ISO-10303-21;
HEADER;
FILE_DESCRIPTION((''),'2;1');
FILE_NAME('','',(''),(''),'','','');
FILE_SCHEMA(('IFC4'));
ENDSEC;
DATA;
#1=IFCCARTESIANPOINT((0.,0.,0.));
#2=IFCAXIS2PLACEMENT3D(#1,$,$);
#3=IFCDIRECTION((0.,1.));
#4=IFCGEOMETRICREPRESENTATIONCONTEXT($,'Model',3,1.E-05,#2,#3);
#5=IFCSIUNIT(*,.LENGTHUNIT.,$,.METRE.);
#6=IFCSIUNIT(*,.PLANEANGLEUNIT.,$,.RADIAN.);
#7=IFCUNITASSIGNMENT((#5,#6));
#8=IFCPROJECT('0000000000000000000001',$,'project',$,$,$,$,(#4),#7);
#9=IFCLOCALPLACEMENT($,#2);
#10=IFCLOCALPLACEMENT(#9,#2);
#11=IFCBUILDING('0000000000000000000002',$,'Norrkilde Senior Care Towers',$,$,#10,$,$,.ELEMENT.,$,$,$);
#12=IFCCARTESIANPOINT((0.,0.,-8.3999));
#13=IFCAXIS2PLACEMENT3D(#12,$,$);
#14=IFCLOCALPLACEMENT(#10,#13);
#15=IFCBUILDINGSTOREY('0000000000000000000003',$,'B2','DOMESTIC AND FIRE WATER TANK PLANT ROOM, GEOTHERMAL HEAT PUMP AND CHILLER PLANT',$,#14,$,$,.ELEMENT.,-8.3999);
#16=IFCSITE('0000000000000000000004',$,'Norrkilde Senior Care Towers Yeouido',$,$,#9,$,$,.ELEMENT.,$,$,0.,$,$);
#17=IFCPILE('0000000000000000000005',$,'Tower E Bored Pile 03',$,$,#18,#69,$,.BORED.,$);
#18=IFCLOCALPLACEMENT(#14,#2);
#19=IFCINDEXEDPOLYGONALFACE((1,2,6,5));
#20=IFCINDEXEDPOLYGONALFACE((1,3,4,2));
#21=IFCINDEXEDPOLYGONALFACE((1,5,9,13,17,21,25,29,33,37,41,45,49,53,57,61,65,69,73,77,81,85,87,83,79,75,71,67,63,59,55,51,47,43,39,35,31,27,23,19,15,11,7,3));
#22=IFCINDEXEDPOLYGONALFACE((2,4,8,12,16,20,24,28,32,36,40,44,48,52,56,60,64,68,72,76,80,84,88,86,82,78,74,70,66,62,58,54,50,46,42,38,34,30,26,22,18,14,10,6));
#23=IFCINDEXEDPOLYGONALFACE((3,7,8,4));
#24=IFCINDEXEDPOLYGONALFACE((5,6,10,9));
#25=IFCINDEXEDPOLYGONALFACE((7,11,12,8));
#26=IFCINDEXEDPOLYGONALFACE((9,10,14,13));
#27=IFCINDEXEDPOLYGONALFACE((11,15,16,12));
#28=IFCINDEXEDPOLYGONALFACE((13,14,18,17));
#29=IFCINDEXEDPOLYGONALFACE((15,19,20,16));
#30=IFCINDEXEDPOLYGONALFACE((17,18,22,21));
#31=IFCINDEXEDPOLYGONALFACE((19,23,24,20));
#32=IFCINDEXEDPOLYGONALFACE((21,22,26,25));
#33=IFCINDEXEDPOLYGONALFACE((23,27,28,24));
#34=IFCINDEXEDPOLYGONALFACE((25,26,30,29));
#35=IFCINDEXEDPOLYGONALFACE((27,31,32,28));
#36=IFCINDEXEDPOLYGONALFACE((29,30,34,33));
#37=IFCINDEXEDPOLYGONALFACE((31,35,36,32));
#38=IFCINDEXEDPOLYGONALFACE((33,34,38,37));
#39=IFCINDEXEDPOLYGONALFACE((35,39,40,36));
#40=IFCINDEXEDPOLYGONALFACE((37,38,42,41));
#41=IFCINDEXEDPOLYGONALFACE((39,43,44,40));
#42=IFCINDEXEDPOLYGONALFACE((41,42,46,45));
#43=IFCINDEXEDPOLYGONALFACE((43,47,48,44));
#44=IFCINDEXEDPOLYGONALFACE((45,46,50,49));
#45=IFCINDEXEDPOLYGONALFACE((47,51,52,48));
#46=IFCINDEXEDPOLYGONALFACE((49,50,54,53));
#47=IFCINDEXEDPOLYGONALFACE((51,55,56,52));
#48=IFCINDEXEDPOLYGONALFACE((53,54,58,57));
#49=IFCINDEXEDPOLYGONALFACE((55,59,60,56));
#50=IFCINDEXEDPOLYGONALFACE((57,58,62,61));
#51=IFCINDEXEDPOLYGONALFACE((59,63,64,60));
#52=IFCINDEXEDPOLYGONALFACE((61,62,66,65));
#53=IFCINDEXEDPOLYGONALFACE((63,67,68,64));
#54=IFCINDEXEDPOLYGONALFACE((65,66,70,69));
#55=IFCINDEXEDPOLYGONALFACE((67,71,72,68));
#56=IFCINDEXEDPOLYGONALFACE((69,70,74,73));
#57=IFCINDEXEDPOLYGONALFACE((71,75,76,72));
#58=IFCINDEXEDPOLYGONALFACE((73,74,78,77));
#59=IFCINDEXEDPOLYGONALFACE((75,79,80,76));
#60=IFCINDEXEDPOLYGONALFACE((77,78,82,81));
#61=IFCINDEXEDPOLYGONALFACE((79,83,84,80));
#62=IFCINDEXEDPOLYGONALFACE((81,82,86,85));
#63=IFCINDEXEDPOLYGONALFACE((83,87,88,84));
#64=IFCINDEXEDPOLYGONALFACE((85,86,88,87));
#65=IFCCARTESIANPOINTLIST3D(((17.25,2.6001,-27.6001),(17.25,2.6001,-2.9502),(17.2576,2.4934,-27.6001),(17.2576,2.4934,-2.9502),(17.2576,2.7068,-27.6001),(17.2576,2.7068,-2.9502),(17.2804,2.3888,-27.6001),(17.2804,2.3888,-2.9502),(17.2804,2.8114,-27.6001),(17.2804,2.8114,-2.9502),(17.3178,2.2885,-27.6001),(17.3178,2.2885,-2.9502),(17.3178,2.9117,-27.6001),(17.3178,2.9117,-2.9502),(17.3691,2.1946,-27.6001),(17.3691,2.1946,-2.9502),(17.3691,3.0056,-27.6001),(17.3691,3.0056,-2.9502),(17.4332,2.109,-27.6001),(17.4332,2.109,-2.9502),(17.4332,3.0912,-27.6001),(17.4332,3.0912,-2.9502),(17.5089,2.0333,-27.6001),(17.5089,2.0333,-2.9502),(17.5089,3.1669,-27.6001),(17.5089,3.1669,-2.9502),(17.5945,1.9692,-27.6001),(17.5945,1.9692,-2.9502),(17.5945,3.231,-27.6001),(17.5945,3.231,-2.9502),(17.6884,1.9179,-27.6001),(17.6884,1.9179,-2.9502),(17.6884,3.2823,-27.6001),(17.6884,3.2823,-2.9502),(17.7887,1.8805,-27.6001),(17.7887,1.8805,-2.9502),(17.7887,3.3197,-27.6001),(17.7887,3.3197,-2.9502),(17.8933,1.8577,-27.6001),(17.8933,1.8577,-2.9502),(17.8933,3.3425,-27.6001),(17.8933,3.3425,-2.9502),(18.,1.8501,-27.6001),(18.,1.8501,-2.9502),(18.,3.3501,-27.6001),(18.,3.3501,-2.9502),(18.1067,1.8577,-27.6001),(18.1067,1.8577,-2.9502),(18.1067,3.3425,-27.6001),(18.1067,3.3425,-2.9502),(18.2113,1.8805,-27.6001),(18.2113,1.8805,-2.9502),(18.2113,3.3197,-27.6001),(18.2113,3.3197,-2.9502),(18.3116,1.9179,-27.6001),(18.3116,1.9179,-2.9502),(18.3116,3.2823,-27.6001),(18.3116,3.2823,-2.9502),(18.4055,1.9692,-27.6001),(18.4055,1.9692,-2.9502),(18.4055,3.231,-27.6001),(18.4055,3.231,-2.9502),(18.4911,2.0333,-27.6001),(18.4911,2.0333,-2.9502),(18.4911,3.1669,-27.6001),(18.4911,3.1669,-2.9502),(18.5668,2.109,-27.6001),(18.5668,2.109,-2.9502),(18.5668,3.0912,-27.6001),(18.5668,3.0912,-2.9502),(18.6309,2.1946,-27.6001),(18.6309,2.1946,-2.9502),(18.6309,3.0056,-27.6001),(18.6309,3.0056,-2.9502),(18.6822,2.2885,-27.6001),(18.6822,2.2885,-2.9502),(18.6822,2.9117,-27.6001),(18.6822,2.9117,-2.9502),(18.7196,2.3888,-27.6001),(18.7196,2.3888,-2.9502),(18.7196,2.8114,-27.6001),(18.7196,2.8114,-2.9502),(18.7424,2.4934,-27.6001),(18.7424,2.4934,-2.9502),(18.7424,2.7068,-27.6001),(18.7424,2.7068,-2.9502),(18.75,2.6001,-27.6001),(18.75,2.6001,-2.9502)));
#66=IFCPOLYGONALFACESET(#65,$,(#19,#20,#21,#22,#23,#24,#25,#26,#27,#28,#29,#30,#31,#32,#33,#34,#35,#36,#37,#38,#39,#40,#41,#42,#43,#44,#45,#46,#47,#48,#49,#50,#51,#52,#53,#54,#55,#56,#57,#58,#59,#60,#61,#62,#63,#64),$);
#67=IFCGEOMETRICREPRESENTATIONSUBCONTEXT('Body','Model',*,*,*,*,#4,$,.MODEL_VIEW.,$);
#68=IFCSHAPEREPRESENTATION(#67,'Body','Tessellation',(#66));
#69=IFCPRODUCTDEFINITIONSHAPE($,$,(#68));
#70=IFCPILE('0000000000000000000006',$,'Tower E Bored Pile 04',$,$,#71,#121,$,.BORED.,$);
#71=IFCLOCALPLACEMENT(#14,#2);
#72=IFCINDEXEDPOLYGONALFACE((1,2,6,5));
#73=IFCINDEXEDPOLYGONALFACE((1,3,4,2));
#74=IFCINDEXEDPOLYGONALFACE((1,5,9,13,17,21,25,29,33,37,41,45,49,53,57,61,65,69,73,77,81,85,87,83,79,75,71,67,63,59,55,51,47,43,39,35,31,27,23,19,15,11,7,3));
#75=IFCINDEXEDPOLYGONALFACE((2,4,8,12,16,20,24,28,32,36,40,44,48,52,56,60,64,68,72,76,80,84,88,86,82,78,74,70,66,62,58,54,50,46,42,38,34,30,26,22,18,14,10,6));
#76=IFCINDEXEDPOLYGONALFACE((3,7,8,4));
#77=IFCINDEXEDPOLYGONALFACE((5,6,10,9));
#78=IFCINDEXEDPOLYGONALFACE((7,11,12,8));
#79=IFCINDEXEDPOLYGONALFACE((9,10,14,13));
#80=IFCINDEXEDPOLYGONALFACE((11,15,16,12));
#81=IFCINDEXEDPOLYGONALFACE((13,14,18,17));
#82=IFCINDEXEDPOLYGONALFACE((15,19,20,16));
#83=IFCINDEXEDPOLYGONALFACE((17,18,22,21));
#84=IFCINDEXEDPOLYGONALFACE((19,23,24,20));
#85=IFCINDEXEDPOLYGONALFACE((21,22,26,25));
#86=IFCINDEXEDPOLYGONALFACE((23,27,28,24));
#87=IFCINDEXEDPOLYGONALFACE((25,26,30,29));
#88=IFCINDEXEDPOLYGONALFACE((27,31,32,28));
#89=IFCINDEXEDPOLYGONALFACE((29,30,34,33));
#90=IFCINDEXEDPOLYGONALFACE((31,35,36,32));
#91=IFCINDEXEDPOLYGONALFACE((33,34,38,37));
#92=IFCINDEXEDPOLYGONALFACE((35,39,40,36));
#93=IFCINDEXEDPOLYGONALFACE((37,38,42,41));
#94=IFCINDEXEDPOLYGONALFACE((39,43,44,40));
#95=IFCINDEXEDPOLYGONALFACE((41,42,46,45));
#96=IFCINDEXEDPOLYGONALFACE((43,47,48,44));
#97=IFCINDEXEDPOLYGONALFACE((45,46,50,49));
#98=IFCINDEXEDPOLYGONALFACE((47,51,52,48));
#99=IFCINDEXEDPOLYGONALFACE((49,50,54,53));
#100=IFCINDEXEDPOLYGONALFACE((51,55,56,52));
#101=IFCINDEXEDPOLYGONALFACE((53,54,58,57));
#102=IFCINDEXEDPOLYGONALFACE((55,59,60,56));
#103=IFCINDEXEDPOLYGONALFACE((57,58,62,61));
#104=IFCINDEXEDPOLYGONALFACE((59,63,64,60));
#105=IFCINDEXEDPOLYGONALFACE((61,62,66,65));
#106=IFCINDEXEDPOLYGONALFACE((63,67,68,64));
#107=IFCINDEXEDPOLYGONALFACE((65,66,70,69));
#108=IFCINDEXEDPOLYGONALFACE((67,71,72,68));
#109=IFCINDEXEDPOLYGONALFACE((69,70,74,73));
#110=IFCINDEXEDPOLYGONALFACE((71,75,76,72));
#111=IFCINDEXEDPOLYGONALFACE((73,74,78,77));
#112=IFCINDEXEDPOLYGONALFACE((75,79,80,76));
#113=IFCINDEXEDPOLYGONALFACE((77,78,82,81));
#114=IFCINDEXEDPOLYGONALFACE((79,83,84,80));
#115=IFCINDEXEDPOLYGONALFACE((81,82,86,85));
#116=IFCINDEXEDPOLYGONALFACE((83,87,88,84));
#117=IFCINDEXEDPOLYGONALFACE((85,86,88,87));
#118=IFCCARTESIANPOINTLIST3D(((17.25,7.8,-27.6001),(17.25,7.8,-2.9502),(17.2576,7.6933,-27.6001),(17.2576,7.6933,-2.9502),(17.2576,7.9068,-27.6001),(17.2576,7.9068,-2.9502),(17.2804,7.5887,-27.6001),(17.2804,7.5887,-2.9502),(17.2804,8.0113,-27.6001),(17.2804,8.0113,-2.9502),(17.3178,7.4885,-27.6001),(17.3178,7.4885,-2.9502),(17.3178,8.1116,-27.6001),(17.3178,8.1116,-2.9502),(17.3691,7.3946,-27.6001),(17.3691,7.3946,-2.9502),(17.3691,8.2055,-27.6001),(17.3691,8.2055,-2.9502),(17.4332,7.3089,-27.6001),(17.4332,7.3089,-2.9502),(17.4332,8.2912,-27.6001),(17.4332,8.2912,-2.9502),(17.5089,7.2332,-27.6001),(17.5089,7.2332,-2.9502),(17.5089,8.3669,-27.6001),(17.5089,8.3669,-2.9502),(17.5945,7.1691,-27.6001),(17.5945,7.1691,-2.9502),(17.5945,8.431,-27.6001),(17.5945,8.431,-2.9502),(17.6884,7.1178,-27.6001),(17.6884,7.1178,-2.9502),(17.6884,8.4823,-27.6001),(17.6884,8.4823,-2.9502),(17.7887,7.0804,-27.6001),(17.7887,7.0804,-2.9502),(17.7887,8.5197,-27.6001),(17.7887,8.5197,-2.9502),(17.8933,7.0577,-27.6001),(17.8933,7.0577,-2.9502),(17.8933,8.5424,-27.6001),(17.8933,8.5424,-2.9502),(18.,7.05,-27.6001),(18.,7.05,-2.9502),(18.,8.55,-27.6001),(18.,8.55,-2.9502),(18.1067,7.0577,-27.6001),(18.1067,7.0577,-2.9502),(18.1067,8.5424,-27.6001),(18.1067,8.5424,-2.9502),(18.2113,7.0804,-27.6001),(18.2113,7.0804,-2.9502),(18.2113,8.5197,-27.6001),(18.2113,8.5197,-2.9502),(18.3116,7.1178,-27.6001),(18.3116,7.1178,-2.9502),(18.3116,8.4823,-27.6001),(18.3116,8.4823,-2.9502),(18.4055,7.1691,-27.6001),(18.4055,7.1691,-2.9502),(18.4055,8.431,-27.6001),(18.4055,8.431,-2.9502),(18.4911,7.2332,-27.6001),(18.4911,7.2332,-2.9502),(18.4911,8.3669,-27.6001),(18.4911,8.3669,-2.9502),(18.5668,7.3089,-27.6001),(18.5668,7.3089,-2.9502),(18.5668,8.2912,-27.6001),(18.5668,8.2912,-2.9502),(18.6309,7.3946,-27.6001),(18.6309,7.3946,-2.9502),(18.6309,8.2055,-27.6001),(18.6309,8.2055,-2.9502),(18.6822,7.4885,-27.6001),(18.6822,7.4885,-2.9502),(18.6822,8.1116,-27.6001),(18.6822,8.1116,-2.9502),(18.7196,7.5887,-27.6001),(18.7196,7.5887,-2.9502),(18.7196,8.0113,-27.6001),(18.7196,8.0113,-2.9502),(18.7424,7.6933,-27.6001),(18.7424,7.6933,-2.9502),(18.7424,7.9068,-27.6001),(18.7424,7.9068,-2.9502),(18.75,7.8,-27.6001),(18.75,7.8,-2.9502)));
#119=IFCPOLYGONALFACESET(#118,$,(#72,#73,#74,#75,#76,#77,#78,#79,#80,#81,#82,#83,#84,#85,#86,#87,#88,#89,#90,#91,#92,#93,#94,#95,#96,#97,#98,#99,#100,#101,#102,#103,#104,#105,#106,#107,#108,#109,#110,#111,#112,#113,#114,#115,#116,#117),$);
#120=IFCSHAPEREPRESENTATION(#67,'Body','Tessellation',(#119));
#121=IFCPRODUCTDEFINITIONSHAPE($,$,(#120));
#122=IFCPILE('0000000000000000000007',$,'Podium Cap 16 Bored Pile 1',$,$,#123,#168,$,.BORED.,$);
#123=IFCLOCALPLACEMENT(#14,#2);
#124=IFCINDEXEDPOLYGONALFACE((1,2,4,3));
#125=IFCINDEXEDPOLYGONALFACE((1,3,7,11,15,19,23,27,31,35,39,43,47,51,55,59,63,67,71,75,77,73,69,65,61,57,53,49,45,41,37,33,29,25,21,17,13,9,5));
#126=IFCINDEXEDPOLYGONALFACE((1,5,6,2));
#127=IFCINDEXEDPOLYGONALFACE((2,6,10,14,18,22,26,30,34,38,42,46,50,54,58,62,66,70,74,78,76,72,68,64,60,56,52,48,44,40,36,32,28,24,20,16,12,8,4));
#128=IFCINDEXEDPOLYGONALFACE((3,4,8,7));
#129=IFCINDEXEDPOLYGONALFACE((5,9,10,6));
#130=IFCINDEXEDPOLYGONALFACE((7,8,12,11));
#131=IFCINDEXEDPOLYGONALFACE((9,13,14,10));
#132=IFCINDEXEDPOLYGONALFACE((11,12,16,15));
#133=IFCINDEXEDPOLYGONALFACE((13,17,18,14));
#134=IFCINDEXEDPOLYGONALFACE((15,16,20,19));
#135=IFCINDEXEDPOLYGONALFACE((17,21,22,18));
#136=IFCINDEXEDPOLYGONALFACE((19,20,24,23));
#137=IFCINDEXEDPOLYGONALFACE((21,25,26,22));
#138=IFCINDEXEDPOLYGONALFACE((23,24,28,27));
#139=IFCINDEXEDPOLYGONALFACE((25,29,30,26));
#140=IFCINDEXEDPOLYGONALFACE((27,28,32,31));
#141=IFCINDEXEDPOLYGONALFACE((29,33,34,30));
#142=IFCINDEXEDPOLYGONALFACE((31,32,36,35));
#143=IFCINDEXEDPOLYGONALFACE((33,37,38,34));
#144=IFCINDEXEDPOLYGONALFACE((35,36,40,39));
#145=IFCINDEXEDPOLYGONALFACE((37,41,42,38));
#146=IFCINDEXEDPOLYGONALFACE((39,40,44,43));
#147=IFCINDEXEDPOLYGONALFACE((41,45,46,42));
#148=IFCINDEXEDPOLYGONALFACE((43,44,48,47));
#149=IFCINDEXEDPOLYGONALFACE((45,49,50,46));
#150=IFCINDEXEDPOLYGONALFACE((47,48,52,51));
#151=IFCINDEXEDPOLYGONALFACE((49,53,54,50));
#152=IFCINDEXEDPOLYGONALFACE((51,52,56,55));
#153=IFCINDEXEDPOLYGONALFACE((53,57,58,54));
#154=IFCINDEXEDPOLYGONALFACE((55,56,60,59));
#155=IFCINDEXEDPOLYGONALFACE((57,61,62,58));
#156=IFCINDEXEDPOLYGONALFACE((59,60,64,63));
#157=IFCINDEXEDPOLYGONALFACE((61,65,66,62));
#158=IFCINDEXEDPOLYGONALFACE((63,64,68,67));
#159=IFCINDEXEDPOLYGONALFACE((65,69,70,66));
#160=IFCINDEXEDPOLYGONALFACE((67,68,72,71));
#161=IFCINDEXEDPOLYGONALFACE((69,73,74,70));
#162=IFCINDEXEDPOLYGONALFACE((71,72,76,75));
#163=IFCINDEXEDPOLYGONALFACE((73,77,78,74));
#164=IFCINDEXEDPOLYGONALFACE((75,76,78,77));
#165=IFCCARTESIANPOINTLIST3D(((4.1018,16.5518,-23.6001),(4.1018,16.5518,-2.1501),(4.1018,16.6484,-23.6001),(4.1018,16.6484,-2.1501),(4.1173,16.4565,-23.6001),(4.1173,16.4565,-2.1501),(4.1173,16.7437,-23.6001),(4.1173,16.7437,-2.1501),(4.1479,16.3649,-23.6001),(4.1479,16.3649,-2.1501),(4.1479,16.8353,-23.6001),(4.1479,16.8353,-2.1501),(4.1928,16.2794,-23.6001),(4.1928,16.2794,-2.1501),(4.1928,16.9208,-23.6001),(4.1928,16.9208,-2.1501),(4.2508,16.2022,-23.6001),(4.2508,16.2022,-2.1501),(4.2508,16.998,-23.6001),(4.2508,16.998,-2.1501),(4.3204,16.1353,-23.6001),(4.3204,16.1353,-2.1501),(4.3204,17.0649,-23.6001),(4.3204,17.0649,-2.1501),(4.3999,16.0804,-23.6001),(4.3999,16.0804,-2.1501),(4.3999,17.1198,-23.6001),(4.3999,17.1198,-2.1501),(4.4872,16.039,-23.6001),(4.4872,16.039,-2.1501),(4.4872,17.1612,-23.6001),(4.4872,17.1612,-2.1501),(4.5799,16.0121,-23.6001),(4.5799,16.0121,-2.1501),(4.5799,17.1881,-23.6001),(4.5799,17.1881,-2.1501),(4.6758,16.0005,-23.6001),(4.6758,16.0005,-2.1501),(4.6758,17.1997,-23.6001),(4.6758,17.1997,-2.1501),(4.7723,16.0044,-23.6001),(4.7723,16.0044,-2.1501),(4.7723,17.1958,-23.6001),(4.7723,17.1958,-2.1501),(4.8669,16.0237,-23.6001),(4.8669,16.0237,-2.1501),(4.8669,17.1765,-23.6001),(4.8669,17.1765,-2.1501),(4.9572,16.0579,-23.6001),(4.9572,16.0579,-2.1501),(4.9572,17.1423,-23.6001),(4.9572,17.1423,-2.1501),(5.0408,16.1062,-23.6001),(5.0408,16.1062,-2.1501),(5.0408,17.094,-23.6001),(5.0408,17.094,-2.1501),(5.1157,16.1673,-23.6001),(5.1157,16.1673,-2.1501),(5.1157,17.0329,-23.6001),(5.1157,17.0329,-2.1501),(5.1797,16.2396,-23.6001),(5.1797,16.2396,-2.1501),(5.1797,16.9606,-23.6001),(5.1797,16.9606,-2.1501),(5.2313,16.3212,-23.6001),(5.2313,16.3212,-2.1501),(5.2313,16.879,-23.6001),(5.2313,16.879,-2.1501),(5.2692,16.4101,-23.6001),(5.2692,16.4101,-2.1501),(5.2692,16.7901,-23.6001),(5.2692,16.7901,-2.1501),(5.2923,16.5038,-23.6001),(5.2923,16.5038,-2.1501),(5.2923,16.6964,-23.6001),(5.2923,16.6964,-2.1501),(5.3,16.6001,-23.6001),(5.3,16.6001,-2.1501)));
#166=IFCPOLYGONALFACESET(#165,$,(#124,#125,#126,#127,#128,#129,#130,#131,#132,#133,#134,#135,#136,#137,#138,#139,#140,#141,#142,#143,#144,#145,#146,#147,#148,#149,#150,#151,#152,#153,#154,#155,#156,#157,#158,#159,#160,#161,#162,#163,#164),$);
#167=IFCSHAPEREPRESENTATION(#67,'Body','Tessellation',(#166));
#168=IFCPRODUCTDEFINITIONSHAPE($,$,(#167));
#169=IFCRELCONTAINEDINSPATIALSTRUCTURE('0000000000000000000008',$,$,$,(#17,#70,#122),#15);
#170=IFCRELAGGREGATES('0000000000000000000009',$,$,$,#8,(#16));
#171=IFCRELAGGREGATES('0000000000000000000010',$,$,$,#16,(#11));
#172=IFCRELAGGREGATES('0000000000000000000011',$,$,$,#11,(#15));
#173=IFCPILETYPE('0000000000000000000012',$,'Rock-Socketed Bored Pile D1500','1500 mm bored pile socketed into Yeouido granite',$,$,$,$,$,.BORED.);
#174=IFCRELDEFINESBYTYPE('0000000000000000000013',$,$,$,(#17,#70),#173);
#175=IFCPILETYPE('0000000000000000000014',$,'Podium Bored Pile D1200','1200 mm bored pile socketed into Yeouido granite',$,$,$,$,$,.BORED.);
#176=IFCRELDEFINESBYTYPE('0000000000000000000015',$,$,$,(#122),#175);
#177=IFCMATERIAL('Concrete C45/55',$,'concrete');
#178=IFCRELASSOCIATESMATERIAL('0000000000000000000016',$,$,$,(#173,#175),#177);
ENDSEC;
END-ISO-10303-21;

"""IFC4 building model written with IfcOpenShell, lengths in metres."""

from ifc_helpers import new_model, si_unit, direction, frame, origin, origin_2d, place, context, subcontext, project, spatial, circle, extrude, source, transform, mapped, material, material_profile, profile_set, type_object, type_shapes, element, save


model = new_model("IFC4")

# Units and contexts
model_context = context("Model", 3, precision=1e-05, world=origin(), true_north=direction((0.0, 1.0)))
body_context = subcontext(model_context, "Body", "Model", "MODEL_VIEW")
ifc_project = project(units=[si_unit("LENGTHUNIT", "METRE"), si_unit("PLANEANGLEUNIT", "RADIAN")], contexts=[model_context])

# Site, building, storey
site_placement = place(None, origin())
site = spatial("IfcSite", under=ifc_project, at=site_placement, Name="Norrkilde Senior Care Towers Yeouido", CompositionType="ELEMENT", RefElevation=0.0)
building_placement = place(site_placement, origin())
building = spatial("IfcBuilding", under=site, at=building_placement, Name="Norrkilde Senior Care Towers", CompositionType="ELEMENT")
storey_placement = place(building_placement, frame((0.0, 0.0, -8.3999)))
storey = spatial("IfcBuildingStorey", under=building, at=storey_placement, Name="B2", Description="DOMESTIC AND FIRE WATER TANK PLANT ROOM, GEOTHERMAL HEAT PUMP AND CHILLER PLANT", CompositionType="ELEMENT", Elevation=-8.3999)

# Piles
ifc_material_1 = material(Name="Concrete C45/55", Category="concrete")
ifc_material_profile_1 = material_profile(ifc_material_1, circle(Radius=0.75, at=origin_2d()), Name="BORED PILE 1500")
ifc_profile_set_1 = profile_set([ifc_material_profile_1], Name="Concrete C45/55")
pile_type_1 = type_object("IfcPileType", Name="Rock-Socketed Bored Pile D1500", Description="1500 mm bored pile socketed into Yeouido granite", PredefinedType="BORED", material=ifc_profile_set_1)
shared_shape_1 = source(origin(), body_context, "Body", "SweptSolid", [
    extrude(circle(Radius=0.75, at=origin_2d()), origin(), (0.0, 0.0, 1.0), 24.6499),
])
type_shapes(pile_type_1, [shared_shape_1])
for number, where, z_axis, x_axis, name in (
    (1, (18.0, 2.6001, -2.9502), (0.0, 0.0, -1.0), (1.0, 0.0, 0.0), "Tower E Bored Pile 03"),
    (2, (18.0, 7.8, -2.9502), (0.0, 0.0, -1.0), (1.0, 0.0, 0.0), "Tower E Bored Pile 04"),
):
    element("IfcPile", number, at=place(storey_placement, frame(where, z_axis=z_axis, x_axis=x_axis)), inside=storey, type_object=pile_type_1, Name=name, PredefinedType="BORED", context=body_context, shape_type="MappedRepresentation", body=[
        mapped(shared_shape_1, transform((0.0, 0.0, 0.0), x_axis=(1.0, 0.0, 0.0), y_axis=(0.0, 1.0, 0.0), z_axis=(0.0, 0.0, 1.0), scale=1.0)),
    ])
ifc_material_profile_2 = material_profile(ifc_material_1, circle(Radius=0.6001, at=origin_2d()), Name="BORED PILE 1200")
ifc_profile_set_2 = profile_set([ifc_material_profile_2], Name="Concrete C45/55")
pile_type_2 = type_object("IfcPileType", Name="Podium Bored Pile D1200", Description="1200 mm bored pile socketed into Yeouido granite", PredefinedType="BORED", material=ifc_profile_set_2)
shared_shape_2 = source(origin(), body_context, "Body", "SweptSolid", [
    extrude(circle(Radius=0.6001, at=origin_2d()), origin(), (0.0, 0.0, 1.0), 21.45),
])
for number, where, z_axis, x_axis, name in (
    (3, (4.7, 16.6001, -2.1501), (0.0, 0.0, -1.0), (1.0, 0.0, 0.0), "Podium Cap 16 Bored Pile 1"),
):
    element("IfcPile", number, at=place(storey_placement, frame(where, z_axis=z_axis, x_axis=x_axis)), inside=storey, type_object=pile_type_2, Name=name, PredefinedType="BORED", context=body_context, shape_type="MappedRepresentation", body=[
        mapped(shared_shape_2, transform((0.0, 0.0, 0.0), x_axis=(1.0, 0.0, 0.0), y_axis=(0.0, 1.0, 0.0), z_axis=(0.0, 0.0, 1.0), scale=1.0)),
    ])

save(model, "model.ifc")
